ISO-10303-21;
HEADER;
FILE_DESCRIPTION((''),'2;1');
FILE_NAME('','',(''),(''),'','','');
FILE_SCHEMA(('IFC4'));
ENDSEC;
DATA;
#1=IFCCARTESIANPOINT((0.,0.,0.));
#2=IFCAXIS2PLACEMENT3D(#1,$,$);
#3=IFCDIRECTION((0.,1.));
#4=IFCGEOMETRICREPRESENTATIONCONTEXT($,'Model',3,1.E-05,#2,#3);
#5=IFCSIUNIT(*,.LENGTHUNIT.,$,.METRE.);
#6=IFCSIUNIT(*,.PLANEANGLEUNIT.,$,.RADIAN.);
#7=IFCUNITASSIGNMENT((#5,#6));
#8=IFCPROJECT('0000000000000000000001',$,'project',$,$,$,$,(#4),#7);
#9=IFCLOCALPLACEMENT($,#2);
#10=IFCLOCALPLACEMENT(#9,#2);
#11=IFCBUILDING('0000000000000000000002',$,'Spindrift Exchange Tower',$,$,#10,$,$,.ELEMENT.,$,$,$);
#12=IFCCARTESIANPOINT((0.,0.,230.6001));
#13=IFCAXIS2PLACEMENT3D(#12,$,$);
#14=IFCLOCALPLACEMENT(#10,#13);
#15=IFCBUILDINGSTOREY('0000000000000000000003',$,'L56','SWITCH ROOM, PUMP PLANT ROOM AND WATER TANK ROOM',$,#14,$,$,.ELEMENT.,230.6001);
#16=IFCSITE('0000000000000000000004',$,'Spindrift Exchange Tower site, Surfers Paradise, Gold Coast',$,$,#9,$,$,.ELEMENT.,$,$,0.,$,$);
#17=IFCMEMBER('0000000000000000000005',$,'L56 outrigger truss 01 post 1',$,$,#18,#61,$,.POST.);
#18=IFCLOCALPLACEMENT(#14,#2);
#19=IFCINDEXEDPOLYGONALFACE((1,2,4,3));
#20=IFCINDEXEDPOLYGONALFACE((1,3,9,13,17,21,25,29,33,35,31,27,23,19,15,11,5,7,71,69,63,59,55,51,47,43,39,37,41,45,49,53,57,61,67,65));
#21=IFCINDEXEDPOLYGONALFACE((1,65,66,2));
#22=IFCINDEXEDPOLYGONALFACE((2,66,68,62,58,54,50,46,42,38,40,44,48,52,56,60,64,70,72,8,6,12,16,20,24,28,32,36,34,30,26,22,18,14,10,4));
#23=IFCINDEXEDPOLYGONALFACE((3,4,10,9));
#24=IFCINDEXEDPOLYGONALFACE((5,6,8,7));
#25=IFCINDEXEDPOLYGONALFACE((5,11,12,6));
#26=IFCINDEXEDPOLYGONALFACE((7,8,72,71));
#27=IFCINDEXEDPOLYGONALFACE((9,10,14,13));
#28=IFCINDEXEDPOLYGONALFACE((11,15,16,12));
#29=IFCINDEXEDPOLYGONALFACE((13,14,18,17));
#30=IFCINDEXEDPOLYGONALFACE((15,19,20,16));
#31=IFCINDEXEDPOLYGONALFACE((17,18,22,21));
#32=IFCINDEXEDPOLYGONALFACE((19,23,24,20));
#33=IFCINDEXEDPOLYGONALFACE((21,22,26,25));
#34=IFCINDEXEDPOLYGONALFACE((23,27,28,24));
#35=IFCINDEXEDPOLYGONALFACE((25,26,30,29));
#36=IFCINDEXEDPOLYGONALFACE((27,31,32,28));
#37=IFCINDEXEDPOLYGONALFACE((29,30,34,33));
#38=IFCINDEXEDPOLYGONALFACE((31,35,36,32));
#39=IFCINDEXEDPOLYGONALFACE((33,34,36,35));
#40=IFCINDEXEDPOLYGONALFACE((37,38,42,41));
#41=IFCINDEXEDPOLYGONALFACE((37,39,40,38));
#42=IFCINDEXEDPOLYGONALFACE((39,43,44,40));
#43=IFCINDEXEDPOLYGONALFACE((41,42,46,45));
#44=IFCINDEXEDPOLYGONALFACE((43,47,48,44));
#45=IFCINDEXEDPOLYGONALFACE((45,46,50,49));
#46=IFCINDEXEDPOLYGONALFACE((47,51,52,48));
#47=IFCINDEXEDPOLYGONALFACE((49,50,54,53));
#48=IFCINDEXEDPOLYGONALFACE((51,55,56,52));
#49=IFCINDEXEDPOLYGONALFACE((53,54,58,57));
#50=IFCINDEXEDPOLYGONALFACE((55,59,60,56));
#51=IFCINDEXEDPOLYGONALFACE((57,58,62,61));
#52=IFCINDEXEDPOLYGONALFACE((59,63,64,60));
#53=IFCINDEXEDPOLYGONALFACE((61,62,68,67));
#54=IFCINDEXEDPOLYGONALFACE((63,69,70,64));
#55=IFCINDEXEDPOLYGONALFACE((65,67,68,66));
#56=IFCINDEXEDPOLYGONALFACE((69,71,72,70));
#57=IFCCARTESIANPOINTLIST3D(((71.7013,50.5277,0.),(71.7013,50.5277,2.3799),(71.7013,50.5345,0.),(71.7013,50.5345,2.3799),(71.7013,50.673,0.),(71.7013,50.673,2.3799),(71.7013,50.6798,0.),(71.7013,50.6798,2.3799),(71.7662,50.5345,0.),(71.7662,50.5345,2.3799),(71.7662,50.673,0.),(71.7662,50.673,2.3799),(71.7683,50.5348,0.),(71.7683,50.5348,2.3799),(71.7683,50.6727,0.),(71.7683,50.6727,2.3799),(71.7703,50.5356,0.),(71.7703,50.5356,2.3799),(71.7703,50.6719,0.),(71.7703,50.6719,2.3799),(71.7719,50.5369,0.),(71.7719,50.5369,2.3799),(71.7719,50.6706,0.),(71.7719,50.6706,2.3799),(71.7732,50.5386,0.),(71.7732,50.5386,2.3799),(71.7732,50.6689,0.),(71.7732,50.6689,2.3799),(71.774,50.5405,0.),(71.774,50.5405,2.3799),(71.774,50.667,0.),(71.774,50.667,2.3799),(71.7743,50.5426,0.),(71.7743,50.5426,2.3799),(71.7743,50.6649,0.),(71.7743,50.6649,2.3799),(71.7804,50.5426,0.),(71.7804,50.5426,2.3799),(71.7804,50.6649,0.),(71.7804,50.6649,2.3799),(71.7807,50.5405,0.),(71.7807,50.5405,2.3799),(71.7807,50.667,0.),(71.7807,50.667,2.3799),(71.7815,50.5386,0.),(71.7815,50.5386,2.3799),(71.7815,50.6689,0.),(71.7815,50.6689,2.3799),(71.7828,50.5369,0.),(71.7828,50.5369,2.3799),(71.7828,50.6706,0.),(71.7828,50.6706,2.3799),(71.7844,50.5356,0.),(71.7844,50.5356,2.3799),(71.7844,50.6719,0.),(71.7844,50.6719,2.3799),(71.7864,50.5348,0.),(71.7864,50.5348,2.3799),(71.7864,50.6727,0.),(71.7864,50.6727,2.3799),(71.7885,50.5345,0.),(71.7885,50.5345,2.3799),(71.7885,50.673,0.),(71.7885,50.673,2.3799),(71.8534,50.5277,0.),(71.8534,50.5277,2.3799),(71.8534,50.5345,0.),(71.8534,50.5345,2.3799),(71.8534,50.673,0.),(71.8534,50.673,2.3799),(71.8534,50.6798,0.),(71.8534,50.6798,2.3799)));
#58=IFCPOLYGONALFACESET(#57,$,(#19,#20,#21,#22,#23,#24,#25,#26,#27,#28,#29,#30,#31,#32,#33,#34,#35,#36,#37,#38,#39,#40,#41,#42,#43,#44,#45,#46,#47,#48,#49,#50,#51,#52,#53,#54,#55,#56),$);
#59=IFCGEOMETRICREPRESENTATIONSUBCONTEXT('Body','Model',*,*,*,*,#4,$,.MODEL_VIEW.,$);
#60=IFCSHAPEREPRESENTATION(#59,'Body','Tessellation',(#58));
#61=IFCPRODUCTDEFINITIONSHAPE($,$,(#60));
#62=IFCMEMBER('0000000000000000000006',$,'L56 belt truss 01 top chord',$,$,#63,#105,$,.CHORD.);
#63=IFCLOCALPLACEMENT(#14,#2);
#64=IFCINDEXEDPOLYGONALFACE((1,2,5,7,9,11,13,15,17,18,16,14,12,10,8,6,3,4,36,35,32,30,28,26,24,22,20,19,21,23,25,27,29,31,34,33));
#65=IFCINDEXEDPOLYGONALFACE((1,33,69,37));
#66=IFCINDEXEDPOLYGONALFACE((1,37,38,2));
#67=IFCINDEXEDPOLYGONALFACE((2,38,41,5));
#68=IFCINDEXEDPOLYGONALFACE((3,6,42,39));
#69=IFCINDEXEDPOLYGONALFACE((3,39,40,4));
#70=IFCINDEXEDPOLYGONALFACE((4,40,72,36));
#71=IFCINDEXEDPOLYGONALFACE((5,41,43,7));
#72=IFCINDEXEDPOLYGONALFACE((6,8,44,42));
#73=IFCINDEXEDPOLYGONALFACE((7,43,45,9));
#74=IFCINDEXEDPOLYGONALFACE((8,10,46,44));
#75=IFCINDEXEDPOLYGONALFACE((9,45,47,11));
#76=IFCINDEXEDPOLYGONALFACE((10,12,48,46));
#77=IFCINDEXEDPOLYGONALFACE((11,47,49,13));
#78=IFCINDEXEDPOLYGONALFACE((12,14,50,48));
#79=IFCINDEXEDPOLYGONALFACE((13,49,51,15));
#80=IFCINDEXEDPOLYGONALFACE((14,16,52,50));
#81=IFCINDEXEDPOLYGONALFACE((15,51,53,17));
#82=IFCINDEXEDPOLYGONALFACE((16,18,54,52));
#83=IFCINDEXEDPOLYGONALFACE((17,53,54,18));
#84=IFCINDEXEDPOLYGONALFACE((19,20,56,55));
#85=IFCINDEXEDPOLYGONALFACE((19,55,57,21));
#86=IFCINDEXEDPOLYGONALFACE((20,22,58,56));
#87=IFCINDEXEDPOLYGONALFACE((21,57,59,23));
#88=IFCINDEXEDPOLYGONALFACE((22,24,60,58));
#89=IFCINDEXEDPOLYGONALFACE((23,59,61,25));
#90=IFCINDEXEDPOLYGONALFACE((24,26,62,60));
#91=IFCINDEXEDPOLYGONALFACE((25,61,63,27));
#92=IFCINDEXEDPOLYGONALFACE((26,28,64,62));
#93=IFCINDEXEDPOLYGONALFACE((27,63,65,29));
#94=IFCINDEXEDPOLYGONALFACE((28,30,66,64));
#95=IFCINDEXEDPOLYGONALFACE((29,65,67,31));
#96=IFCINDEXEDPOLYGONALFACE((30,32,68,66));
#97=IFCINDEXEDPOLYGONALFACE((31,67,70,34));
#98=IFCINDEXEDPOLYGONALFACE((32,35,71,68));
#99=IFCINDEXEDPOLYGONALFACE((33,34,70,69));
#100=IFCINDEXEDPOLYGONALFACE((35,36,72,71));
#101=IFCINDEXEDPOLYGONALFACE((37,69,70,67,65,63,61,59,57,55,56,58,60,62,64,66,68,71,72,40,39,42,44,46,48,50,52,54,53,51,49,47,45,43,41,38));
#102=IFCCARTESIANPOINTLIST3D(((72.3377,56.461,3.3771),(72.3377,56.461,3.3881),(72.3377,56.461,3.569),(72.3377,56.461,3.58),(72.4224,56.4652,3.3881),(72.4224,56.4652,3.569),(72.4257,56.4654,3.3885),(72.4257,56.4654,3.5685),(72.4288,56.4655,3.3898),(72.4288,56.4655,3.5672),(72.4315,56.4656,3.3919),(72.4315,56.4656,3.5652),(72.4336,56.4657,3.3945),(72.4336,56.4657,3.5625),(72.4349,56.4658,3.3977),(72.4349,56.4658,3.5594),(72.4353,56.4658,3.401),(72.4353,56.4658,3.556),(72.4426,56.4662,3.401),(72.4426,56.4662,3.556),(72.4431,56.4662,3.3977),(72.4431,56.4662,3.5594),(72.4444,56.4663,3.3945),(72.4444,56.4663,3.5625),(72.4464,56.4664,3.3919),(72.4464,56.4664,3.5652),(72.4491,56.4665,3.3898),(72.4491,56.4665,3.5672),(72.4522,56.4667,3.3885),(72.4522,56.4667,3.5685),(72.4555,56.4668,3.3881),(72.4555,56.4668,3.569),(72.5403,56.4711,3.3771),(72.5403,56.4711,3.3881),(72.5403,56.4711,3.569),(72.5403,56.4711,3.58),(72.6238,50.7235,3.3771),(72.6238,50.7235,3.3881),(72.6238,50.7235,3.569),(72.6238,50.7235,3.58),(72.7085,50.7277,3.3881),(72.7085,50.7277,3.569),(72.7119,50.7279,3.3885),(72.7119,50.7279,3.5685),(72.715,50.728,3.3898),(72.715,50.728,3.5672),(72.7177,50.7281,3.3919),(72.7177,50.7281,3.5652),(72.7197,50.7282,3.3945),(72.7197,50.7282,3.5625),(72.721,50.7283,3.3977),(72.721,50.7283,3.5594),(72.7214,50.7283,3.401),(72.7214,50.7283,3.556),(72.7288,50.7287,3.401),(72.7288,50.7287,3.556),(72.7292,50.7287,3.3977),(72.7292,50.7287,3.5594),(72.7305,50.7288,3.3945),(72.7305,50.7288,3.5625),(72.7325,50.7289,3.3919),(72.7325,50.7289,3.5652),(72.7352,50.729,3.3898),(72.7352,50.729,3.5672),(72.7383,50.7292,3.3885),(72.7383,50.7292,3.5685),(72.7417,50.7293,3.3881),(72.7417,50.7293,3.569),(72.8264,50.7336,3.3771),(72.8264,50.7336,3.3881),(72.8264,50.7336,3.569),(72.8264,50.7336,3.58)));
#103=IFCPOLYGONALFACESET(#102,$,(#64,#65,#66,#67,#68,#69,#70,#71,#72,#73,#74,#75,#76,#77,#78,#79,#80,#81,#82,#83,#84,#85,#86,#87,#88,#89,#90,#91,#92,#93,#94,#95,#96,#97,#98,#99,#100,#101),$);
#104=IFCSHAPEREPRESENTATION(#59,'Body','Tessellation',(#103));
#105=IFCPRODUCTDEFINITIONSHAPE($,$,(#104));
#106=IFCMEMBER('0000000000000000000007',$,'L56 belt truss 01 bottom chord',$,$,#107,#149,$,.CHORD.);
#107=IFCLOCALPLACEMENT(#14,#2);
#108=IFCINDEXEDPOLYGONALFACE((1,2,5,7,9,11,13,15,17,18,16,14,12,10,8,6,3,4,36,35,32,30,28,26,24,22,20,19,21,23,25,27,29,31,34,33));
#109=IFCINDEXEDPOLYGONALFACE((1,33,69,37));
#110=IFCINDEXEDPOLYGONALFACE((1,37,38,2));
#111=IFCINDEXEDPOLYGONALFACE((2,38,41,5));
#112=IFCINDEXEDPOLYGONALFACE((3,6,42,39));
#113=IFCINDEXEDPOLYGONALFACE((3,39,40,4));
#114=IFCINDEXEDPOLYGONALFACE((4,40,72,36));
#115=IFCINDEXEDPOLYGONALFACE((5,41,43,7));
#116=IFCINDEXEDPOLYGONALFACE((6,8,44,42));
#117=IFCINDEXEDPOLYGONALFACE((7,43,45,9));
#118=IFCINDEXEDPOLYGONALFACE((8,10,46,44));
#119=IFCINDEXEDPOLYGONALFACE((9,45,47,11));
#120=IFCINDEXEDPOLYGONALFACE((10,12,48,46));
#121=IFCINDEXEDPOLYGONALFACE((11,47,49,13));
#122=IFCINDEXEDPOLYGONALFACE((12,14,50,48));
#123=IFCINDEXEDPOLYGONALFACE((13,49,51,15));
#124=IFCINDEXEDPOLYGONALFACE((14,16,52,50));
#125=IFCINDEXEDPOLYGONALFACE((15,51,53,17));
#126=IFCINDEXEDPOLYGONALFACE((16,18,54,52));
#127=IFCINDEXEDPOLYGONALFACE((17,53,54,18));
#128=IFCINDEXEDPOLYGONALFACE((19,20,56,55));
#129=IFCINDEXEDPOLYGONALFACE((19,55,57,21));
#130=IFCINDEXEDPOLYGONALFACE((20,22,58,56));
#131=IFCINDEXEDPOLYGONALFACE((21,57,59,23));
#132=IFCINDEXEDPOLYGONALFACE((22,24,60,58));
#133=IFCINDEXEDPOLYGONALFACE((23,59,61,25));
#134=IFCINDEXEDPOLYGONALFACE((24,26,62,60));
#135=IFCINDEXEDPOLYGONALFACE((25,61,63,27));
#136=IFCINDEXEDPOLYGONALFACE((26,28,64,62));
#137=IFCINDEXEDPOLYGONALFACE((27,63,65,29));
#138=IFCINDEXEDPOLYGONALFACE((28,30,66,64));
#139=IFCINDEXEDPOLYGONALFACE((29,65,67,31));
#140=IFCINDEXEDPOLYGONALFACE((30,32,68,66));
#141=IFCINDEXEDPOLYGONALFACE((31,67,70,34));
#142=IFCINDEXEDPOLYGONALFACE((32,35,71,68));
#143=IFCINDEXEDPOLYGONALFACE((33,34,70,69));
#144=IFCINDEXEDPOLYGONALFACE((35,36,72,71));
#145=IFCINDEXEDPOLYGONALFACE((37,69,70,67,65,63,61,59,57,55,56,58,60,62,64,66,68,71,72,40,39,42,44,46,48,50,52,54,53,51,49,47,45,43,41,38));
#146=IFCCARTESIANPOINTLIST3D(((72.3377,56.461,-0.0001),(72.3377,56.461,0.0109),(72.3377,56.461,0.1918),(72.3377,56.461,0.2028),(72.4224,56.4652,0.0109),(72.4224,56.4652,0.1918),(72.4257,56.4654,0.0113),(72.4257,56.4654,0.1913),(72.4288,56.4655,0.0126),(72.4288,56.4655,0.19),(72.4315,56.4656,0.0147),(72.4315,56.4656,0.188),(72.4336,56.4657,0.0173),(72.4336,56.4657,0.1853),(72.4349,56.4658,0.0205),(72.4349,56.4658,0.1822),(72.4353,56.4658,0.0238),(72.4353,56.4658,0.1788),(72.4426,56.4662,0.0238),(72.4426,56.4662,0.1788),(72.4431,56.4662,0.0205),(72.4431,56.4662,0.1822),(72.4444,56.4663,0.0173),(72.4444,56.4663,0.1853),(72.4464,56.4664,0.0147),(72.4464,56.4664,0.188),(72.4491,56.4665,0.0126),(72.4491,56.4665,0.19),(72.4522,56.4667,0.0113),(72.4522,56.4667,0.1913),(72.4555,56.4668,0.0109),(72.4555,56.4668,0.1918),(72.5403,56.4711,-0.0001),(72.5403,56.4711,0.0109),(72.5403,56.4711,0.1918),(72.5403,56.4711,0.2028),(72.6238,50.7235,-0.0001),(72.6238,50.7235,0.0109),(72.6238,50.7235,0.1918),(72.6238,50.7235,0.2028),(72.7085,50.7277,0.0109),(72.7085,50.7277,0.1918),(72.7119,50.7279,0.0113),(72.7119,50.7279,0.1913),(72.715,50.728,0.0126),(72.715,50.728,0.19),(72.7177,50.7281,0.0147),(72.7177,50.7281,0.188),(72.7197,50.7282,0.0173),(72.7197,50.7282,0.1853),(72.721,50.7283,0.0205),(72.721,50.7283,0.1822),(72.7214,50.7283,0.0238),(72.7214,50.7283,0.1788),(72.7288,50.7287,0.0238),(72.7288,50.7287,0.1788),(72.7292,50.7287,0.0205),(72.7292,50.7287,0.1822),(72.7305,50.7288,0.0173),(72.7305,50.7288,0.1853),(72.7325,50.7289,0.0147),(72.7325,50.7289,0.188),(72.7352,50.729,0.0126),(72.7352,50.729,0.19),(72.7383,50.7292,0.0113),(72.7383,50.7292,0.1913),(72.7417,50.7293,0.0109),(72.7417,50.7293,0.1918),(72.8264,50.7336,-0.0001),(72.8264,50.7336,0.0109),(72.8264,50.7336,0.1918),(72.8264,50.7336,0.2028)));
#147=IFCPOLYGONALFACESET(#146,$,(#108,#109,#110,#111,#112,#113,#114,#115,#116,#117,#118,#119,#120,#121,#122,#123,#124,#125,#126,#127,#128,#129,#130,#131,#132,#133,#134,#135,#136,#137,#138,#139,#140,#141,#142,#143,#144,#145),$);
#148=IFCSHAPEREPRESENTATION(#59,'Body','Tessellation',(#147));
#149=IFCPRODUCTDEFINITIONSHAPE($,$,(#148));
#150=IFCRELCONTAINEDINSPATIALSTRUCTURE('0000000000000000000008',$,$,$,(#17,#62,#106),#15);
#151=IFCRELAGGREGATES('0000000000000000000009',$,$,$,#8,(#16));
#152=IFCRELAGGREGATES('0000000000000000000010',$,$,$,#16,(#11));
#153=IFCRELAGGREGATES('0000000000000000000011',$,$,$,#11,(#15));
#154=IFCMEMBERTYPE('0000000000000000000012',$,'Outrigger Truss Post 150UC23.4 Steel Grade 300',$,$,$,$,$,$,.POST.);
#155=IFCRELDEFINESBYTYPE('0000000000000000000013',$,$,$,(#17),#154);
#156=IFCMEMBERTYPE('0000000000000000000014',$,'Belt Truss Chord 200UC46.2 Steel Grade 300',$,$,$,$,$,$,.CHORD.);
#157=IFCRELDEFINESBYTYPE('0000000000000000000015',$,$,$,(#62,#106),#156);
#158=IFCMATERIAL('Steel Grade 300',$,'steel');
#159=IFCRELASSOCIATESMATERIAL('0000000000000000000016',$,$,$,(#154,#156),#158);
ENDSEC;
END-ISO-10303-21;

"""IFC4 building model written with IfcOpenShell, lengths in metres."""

from ifc_helpers import new_model, si_unit, direction, frame, origin, origin_2d, place, context, subcontext, project, spatial, i_section, extrude, source, transform, mapped, material, material_profile, profile_set, type_object, element, save


model = new_model("IFC4")

# Units and contexts
model_context = context("Model", 3, precision=1e-05, world=origin(), true_north=direction((0.0, 1.0)))
body_context = subcontext(model_context, "Body", "Model", "MODEL_VIEW")
ifc_project = project(units=[si_unit("LENGTHUNIT", "METRE"), si_unit("PLANEANGLEUNIT", "RADIAN")], contexts=[model_context])

# Site, building, storey
site_placement = place(None, origin())
site = spatial("IfcSite", under=ifc_project, at=site_placement, Name="Spindrift Exchange Tower site, Surfers Paradise, Gold Coast", CompositionType="ELEMENT", RefElevation=0.0)
building_placement = place(site_placement, origin())
building = spatial("IfcBuilding", under=site, at=building_placement, Name="Spindrift Exchange Tower", CompositionType="ELEMENT")
storey_placement = place(building_placement, frame((0.0, 0.0, 230.6001)))
storey = spatial("IfcBuildingStorey", under=building, at=storey_placement, Name="L56", Description="SWITCH ROOM, PUMP PLANT ROOM AND WATER TANK ROOM", CompositionType="ELEMENT", Elevation=230.6001)

# Shared definitions
ifc_material_1 = material(Name="Steel Grade 300", Category="steel")

# Members
ifc_material_profile_1 = material_profile(ifc_material_1, i_section(OverallWidth=0.1521, OverallDepth=0.1521, WebThickness=0.0061, FlangeThickness=0.0068, FilletRadius=0.0081, at=origin_2d()), Name="150UC23.4")
ifc_profile_set_1 = profile_set([ifc_material_profile_1], Name="Steel Grade 300")
member_type_1 = type_object("IfcMemberType", Name="Outrigger Truss Post 150UC23.4 Steel Grade 300", PredefinedType="POST", material=ifc_profile_set_1)
shared_shape_1 = source(origin(), body_context, "Body", "SweptSolid", [
    extrude(i_section(OverallWidth=0.1521, OverallDepth=0.1521, WebThickness=0.0061, FlangeThickness=0.0068, FilletRadius=0.0081, at=origin_2d()), origin(), (0.0, 0.0, 1.0), 2.3799),
])
member_1_placement = place(storey_placement, frame((71.7773, 50.6038, 0.0), z_axis=(0.0, 0.0, 1.0), x_axis=(1.0, 0.0, 0.0)))
element("IfcMember", 1, at=member_1_placement, inside=storey, type_object=member_type_1, Name="L56 outrigger truss 01 post 1", PredefinedType="POST", context=body_context, shape_type="MappedRepresentation", body=[
    mapped(shared_shape_1, transform((0.0, 0.0, 0.0), scale=1.0)),
])
ifc_material_profile_2 = material_profile(ifc_material_1, i_section(OverallWidth=0.2029, OverallDepth=0.2029, WebThickness=0.0073, FlangeThickness=0.011, FilletRadius=0.0129, at=origin_2d()), Name="200UC46.2")
ifc_profile_set_2 = profile_set([ifc_material_profile_2], Name="Steel Grade 300")
member_type_2 = type_object("IfcMemberType", Name="Belt Truss Chord 200UC46.2 Steel Grade 300", PredefinedType="CHORD", material=ifc_profile_set_2)
shared_shape_2 = source(origin(), body_context, "Body", "SweptSolid", [
    extrude(i_section(OverallWidth=0.2029, OverallDepth=0.2029, WebThickness=0.0073, FlangeThickness=0.011, FilletRadius=0.0129, at=origin_2d()), origin(), (0.0, 0.0, 1.0), 5.7446),
])
for number, where, z_axis, x_axis, name in (
    (2, (72.7251, 50.7285, 3.4785), (-0.049808, 0.998759, 0.0), (-0.998759, -0.049808, 0.0), "L56 belt truss 01 top chord"),
    (3, (72.7251, 50.7285, 0.1013), (-0.049808, 0.998759, 0.0), (-0.998759, -0.049808, 0.0), "L56 belt truss 01 bottom chord"),
):
    element("IfcMember", number, at=place(storey_placement, frame(where, z_axis=z_axis, x_axis=x_axis)), inside=storey, type_object=member_type_2, Name=name, PredefinedType="CHORD", context=body_context, shape_type="MappedRepresentation", body=[
        mapped(shared_shape_2, transform((0.0, 0.0, 0.0), scale=1.0)),
    ])

save(model, "model.ifc")
